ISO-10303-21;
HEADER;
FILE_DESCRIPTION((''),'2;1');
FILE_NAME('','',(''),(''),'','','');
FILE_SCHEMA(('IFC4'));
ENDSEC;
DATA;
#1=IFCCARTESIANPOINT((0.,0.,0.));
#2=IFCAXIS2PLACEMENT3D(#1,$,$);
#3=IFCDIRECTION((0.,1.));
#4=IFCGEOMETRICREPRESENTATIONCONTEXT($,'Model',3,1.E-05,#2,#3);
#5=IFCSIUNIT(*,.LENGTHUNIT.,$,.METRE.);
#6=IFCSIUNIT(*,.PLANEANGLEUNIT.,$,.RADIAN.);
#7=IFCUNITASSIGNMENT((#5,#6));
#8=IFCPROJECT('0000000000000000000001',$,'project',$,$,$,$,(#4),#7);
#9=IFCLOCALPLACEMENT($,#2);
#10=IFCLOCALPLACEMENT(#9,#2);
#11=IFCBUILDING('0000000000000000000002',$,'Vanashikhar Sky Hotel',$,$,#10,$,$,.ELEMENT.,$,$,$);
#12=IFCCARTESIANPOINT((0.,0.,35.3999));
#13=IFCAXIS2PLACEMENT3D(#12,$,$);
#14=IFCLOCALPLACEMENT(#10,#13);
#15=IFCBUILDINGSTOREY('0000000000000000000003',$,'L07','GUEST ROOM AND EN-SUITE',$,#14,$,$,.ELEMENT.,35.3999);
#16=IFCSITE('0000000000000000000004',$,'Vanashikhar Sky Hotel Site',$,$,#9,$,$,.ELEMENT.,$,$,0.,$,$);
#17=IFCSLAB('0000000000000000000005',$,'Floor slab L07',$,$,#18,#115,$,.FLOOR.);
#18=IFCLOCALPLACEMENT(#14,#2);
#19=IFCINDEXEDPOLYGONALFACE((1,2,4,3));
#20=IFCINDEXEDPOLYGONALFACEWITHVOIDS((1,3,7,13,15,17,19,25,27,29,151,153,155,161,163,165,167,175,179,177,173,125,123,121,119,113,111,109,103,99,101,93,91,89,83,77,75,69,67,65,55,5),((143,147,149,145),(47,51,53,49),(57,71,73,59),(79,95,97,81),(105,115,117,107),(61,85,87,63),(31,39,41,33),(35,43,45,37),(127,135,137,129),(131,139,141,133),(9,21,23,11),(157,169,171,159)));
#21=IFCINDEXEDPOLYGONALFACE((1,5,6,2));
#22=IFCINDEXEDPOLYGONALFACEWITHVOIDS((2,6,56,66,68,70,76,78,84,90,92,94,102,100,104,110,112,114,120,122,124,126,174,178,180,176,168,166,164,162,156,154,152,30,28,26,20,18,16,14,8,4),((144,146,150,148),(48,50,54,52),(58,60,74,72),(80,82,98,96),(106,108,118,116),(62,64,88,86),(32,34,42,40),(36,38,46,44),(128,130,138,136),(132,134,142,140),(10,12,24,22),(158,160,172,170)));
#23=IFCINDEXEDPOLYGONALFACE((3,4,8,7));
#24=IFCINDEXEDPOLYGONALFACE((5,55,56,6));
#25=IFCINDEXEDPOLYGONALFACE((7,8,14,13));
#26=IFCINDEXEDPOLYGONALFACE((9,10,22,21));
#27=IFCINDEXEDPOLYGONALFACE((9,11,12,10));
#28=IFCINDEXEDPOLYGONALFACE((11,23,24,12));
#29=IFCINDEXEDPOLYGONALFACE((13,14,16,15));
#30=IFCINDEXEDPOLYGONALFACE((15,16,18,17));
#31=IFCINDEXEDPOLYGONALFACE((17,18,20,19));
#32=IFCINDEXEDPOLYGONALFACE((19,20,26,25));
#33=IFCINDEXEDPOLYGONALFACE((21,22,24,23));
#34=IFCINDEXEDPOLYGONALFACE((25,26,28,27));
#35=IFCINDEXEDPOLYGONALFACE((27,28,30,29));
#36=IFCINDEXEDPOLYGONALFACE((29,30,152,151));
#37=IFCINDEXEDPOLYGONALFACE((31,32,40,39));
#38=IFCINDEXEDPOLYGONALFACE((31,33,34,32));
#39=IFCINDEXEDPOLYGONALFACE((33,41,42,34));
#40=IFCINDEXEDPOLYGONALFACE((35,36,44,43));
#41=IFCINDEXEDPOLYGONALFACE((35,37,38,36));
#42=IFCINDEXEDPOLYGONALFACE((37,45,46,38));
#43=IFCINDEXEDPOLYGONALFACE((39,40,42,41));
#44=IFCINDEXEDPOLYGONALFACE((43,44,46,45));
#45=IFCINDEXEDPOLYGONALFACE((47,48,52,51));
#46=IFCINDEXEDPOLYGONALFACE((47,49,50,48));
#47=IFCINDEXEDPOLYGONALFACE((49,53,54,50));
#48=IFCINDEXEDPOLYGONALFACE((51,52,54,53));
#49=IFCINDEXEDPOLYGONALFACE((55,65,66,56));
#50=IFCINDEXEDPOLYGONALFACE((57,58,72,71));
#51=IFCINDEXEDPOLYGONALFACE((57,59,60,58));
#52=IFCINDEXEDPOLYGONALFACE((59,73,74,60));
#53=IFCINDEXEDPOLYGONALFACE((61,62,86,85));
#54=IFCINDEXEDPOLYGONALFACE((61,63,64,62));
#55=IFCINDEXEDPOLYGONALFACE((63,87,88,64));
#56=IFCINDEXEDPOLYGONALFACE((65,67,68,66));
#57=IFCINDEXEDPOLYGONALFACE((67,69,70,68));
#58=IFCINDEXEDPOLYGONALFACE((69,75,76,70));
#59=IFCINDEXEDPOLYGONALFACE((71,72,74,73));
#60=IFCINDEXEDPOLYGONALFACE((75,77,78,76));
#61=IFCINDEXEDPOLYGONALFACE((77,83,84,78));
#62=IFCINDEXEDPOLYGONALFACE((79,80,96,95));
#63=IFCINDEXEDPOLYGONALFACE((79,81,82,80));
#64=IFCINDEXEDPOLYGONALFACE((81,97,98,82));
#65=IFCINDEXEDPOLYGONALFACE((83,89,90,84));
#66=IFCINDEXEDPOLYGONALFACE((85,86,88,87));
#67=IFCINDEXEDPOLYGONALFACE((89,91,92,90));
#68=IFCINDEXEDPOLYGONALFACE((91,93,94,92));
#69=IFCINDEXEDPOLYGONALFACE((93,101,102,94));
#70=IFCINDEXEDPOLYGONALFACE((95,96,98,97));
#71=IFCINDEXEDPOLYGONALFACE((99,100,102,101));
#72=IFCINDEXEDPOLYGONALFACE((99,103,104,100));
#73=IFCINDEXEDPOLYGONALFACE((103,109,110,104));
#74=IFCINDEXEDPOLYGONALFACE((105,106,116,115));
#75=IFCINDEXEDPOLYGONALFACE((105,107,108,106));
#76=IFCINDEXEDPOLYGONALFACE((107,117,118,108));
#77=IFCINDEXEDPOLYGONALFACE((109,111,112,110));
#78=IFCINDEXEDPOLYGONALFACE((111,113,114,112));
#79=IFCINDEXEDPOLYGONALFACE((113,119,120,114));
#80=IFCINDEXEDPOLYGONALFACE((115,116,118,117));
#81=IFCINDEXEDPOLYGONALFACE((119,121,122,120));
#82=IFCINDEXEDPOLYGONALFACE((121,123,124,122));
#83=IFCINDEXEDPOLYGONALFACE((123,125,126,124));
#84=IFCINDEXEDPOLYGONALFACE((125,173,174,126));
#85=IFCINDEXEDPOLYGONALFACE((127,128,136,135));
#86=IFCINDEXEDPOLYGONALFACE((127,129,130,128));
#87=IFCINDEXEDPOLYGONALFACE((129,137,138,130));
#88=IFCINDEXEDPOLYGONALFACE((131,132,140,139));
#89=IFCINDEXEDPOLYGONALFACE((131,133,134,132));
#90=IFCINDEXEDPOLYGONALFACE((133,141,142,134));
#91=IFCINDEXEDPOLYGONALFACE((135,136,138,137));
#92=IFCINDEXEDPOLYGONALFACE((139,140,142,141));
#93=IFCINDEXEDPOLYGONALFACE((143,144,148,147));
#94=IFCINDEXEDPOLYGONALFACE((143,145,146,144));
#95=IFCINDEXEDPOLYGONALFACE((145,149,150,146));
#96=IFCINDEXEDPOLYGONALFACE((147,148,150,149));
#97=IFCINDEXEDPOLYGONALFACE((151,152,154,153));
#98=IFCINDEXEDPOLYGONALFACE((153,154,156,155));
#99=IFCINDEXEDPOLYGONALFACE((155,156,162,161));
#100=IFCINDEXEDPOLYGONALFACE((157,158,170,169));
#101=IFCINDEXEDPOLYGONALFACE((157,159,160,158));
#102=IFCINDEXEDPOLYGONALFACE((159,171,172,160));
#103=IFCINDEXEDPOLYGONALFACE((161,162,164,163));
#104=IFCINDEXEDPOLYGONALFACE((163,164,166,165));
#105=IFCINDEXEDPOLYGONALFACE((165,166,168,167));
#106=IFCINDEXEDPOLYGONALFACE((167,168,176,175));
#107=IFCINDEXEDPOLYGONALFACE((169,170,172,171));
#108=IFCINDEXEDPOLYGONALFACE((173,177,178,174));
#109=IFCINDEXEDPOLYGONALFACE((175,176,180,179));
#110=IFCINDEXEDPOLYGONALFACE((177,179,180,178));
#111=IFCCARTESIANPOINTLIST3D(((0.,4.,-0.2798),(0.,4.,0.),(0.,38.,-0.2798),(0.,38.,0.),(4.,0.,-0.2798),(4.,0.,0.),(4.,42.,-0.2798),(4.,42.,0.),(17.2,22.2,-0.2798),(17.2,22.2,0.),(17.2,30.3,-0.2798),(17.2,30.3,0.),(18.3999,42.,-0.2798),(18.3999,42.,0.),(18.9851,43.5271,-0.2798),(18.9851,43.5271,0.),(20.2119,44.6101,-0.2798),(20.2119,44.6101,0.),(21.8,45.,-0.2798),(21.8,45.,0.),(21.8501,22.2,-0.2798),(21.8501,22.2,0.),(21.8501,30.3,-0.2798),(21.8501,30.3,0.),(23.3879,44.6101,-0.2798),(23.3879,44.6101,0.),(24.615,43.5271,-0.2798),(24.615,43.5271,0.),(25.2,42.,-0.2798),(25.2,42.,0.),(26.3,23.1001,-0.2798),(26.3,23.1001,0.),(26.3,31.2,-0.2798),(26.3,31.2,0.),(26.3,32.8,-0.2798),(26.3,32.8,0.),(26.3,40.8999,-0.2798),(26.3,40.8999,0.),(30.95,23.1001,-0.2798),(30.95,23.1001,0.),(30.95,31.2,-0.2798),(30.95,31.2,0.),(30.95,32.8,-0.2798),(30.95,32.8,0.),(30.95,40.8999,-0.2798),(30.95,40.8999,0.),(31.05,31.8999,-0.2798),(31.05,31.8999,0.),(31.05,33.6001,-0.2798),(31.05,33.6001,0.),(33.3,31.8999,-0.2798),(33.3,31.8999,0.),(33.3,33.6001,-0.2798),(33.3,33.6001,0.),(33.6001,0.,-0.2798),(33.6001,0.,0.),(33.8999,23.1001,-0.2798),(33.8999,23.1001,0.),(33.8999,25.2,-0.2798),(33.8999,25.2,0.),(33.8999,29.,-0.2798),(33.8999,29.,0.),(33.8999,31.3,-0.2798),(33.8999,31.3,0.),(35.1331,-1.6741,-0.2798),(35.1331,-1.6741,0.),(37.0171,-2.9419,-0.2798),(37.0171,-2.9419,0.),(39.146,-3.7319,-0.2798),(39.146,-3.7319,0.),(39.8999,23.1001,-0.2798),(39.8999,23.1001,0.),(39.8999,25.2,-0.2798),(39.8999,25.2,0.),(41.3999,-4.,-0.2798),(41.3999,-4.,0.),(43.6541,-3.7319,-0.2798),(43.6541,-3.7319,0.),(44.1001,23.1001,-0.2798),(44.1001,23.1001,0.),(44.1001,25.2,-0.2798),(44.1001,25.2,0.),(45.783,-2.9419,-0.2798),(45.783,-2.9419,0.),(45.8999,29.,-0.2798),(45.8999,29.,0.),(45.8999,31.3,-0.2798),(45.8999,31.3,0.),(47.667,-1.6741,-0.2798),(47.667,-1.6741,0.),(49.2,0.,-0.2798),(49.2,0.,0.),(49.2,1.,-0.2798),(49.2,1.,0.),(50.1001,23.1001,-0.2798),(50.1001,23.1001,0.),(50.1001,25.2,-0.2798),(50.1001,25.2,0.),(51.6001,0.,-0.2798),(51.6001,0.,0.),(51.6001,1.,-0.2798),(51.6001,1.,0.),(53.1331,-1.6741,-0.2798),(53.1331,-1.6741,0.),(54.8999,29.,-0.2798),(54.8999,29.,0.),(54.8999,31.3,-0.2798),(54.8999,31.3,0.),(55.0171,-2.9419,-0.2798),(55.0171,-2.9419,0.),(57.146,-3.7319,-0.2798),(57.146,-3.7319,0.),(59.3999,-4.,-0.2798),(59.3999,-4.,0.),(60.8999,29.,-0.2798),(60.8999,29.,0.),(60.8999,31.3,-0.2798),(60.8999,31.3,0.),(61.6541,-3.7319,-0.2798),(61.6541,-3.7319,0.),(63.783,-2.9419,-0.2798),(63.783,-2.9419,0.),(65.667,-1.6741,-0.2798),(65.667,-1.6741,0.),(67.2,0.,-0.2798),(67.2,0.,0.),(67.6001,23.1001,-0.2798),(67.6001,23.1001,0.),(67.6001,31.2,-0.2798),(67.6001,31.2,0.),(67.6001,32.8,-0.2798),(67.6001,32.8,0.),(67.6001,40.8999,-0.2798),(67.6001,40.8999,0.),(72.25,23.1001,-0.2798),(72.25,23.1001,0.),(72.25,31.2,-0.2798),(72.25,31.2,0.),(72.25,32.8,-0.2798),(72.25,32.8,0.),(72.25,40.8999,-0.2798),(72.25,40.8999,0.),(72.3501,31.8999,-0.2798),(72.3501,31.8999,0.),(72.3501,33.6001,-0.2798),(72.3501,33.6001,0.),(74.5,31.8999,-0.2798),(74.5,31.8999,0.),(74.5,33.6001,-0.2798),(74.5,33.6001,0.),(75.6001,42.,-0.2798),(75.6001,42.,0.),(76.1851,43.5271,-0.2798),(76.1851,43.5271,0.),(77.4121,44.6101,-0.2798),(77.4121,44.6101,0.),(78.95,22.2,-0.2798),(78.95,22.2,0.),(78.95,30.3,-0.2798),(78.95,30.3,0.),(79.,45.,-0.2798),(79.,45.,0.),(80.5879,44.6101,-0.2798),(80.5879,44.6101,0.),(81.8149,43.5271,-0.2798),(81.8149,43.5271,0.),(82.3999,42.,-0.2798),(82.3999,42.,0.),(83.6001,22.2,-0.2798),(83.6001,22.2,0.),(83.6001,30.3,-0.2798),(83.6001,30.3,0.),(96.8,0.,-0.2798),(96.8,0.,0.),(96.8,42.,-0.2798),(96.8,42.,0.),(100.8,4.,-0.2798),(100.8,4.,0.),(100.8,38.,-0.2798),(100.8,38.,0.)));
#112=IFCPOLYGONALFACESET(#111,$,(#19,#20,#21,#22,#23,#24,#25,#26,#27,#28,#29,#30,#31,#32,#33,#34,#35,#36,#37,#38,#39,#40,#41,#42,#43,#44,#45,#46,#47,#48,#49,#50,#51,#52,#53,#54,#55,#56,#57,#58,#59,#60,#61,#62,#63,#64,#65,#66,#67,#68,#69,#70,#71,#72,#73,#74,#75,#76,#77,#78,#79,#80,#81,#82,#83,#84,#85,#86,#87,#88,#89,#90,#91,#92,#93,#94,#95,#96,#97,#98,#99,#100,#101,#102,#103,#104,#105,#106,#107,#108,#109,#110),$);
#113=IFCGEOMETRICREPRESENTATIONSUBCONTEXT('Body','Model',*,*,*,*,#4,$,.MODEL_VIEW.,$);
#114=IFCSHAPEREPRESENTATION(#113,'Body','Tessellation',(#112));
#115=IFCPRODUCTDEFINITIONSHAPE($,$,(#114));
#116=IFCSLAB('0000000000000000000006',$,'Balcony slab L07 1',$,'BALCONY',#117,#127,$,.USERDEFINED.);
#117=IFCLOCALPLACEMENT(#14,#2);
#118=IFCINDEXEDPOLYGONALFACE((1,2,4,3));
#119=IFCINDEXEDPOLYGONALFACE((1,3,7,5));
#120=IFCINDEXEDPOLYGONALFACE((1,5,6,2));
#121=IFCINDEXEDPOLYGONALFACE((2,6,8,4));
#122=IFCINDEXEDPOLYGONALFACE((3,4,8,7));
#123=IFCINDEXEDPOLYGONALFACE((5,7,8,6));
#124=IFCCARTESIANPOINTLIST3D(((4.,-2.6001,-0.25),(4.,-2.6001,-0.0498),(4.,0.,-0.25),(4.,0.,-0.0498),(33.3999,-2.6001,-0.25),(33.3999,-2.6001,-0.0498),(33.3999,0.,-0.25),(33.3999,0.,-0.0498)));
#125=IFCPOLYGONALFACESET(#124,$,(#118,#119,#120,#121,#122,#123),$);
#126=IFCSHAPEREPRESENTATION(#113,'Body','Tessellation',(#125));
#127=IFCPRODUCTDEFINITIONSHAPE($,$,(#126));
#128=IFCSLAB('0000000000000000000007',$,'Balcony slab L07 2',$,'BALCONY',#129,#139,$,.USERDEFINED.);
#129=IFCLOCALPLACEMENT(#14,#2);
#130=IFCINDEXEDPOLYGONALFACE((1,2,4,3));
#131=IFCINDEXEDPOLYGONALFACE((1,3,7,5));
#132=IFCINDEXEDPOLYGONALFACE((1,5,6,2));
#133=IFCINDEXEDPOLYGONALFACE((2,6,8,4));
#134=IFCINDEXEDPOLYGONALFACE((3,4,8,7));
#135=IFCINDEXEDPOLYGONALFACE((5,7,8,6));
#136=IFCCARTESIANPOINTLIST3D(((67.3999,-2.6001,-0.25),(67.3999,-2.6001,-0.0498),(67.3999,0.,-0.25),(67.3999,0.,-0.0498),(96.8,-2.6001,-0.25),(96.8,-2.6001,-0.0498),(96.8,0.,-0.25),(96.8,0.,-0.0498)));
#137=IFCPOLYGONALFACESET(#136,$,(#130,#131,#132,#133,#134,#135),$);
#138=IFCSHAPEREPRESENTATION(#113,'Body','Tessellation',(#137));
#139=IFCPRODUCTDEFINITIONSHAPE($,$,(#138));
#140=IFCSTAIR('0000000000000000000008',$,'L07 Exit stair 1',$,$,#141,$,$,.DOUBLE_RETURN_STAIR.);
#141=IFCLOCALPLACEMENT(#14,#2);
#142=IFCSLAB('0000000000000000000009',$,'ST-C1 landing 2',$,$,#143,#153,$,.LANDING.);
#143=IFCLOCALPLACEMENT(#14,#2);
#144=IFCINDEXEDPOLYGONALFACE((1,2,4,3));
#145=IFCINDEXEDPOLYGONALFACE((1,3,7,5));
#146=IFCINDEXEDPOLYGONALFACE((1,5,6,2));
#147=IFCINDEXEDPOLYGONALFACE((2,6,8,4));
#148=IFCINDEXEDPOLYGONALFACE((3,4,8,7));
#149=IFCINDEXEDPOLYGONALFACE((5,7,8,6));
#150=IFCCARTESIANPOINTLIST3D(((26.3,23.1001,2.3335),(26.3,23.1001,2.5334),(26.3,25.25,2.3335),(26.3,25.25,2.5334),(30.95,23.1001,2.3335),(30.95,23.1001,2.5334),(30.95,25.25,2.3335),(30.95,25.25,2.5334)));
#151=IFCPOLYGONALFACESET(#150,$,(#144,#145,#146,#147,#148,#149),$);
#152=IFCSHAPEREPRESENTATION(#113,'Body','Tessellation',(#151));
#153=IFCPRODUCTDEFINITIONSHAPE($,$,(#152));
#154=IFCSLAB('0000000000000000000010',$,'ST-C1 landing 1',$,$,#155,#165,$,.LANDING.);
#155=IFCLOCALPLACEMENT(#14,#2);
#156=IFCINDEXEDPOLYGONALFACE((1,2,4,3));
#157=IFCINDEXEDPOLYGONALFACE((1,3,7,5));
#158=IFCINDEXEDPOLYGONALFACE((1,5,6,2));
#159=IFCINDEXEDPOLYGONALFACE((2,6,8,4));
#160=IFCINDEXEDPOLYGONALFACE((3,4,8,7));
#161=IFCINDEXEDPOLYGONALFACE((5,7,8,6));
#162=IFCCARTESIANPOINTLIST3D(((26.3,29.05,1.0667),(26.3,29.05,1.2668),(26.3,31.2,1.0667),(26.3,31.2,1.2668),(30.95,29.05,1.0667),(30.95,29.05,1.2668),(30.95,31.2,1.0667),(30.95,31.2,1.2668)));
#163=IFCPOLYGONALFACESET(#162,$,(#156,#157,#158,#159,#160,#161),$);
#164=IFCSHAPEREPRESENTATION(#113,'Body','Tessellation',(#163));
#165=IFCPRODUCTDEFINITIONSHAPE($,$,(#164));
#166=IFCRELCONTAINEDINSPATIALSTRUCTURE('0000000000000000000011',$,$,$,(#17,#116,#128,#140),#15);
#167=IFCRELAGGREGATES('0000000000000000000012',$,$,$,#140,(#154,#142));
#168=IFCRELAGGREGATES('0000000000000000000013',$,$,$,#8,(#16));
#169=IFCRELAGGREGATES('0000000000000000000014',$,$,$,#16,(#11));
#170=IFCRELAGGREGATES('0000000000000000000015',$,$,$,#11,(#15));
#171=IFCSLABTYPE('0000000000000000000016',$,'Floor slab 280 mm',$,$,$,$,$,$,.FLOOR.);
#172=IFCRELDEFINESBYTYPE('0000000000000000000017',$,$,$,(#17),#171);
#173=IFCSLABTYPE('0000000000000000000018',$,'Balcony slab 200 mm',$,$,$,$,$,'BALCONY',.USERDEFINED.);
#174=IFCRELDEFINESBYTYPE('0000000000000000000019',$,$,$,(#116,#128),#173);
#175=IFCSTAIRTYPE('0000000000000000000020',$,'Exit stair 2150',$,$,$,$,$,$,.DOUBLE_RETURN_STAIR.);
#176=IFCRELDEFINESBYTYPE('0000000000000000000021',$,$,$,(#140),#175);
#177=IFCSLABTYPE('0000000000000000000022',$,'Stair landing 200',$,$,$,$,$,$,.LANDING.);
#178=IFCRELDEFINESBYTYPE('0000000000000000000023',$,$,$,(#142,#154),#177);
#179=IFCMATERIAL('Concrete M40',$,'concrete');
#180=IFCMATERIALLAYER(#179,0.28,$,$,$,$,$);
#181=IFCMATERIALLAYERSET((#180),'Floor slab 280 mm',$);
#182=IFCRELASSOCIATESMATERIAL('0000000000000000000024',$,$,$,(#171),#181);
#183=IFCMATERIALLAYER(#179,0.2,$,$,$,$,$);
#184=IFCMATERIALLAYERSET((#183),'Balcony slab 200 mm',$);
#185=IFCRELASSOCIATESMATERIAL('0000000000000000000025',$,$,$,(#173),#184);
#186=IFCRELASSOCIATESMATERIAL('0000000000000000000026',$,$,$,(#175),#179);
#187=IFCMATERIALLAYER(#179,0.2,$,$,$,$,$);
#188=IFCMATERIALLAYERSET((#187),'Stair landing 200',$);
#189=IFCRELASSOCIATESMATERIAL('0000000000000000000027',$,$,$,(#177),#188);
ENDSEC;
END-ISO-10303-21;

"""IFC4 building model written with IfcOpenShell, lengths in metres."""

from ifc_helpers import new_model, si_unit, direction, frame, origin, place, context, subcontext, project, spatial, polyline, outline, extrude, source, transform, mapped, material, layer, layer_set, type_object, element, aggregate, save


model = new_model("IFC4")

# Units and contexts
model_context = context("Model", 3, precision=1e-05, world=origin(), true_north=direction((0.0, 1.0)))
body_context = subcontext(model_context, "Body", "Model", "MODEL_VIEW")
ifc_project = project(units=[si_unit("LENGTHUNIT", "METRE"), si_unit("PLANEANGLEUNIT", "RADIAN")], contexts=[model_context])

# Site, building, storey
site_placement = place(None, origin())
site = spatial("IfcSite", under=ifc_project, at=site_placement, Name="Vanashikhar Sky Hotel Site", CompositionType="ELEMENT", RefElevation=0.0)
building_placement = place(site_placement, origin())
building = spatial("IfcBuilding", under=site, at=building_placement, Name="Vanashikhar Sky Hotel", CompositionType="ELEMENT")
storey_placement = place(building_placement, frame((0.0, 0.0, 35.3999)))
storey = spatial("IfcBuildingStorey", under=building, at=storey_placement, Name="L07", Description="GUEST ROOM AND EN-SUITE", CompositionType="ELEMENT", Elevation=35.3999)

# Slabs
ifc_material_1 = material(Name="Concrete M40", Category="concrete")
ifc_layer_1 = layer(ifc_material_1, 0.28)
ifc_layer_set_1 = layer_set([ifc_layer_1], Name="Floor slab 280 mm")
slab_type_1 = type_object("IfcSlabType", Name="Floor slab 280 mm", PredefinedType="FLOOR", material=ifc_layer_set_1)
shared_shape_1 = source(origin(), body_context, "Body", "SweptSolid", [
    extrude(outline(polyline([(49.2, 0.0), (49.2, 1.0), (51.6001, 1.0), (51.6001, 0.0), (53.1331, -1.6741), (55.0171, -2.9419), (57.146, -3.7319), (59.3999, -4.0), (61.6541, -3.7319), (63.783, -2.9419), (65.667, -1.6741), (67.2, 0.0), (96.8, 0.0), (100.8, 4.0), (100.8, 38.0), (96.8, 42.0), (82.3999, 42.0), (81.8149, 43.5271), (80.5879, 44.6101), (79.0, 45.0), (77.4121, 44.6101), (76.1851, 43.5271), (75.6001, 42.0), (25.2, 42.0), (24.615, 43.5271), (23.3879, 44.6101), (21.8, 45.0), (20.2119, 44.6101), (18.9851, 43.5271), (18.3999, 42.0), (4.0, 42.0), (0.0, 38.0), (0.0, 4.0), (4.0, 0.0), (33.6001, 0.0), (35.1331, -1.6741), (37.0171, -2.9419), (39.146, -3.7319), (41.3999, -4.0), (43.6541, -3.7319), (45.783, -2.9419), (47.667, -1.6741), (49.2, 0.0)]), holes=[polyline([(33.3, 33.6001), (31.05, 33.6001), (31.05, 31.8999), (33.3, 31.8999), (33.3, 33.6001)]), polyline([(33.8999, 25.2), (33.8999, 23.1001), (39.8999, 23.1001), (39.8999, 25.2), (33.8999, 25.2)]), polyline([(33.8999, 31.3), (33.8999, 29.0), (45.8999, 29.0), (45.8999, 31.3), (33.8999, 31.3)]), polyline([(44.1001, 25.2), (44.1001, 23.1001), (50.1001, 23.1001), (50.1001, 25.2), (44.1001, 25.2)]), polyline([(54.8999, 31.3), (54.8999, 29.0), (60.8999, 29.0), (60.8999, 31.3), (54.8999, 31.3)]), polyline([(74.5, 33.6001), (72.3501, 33.6001), (72.3501, 31.8999), (74.5, 31.8999), (74.5, 33.6001)]), polyline([(30.95, 23.1001), (30.95, 31.2), (26.3, 31.2), (26.3, 23.1001), (30.95, 23.1001)]), polyline([(72.25, 23.1001), (72.25, 31.2), (67.6001, 31.2), (67.6001, 23.1001), (72.25, 23.1001)]), polyline([(30.95, 32.8), (30.95, 40.8999), (26.3, 40.8999), (26.3, 32.8), (30.95, 32.8)]), polyline([(72.25, 32.8), (72.25, 40.8999), (67.6001, 40.8999), (67.6001, 32.8), (72.25, 32.8)]), polyline([(83.6001, 22.2), (83.6001, 30.3), (78.95, 30.3), (78.95, 22.2), (83.6001, 22.2)]), polyline([(21.8501, 22.2), (21.8501, 30.3), (17.2, 30.3), (17.2, 22.2), (21.8501, 22.2)])]), origin(), (0.0, 0.0, 1.0), 0.2798),
])
slab_1_placement = place(storey_placement, frame((0.0, 0.0, -0.2798)))
element("IfcSlab", 1, at=slab_1_placement, inside=storey, type_object=slab_type_1, Name="Floor slab L07", PredefinedType="FLOOR", context=body_context, shape_type="MappedRepresentation", body=[
    mapped(shared_shape_1, transform((0.0, 0.0, 0.0), scale=1.0)),
])
ifc_layer_2 = layer(ifc_material_1, 0.2)
ifc_layer_set_2 = layer_set([ifc_layer_2], Name="Balcony slab 200 mm")
slab_type_2 = type_object("IfcSlabType", Name="Balcony slab 200 mm", ElementType="BALCONY", PredefinedType="USERDEFINED", material=ifc_layer_set_2)
shared_shape_2 = source(origin(), body_context, "Body", "SweptSolid", [
    extrude(outline(polyline([(4.0, -2.6001), (33.3999, -2.6001), (33.3999, 0.0), (4.0, 0.0), (4.0, -2.6001)])), origin(), (0.0, 0.0, 1.0), 0.2002),
])
slab_2_placement = place(storey_placement, frame((0.0, 0.0, -0.25)))
element("IfcSlab", 2, at=slab_2_placement, inside=storey, type_object=slab_type_2, Name="Balcony slab L07 1", ObjectType="BALCONY", PredefinedType="USERDEFINED", context=body_context, shape_type="MappedRepresentation", body=[
    mapped(shared_shape_2, transform((0.0, 0.0, 0.0), scale=1.0)),
])
shared_shape_3 = source(origin(), body_context, "Body", "SweptSolid", [
    extrude(outline(polyline([(67.3999, -2.6001), (96.8, -2.6001), (96.8, 0.0), (67.3999, 0.0), (67.3999, -2.6001)])), origin(), (0.0, 0.0, 1.0), 0.2002),
])
slab_3_placement = place(storey_placement, frame((0.0, 0.0, -0.25)))
element("IfcSlab", 3, at=slab_3_placement, inside=storey, type_object=slab_type_2, Name="Balcony slab L07 2", ObjectType="BALCONY", PredefinedType="USERDEFINED", context=body_context, shape_type="MappedRepresentation", body=[
    mapped(shared_shape_3, transform((0.0, 0.0, 0.0), scale=1.0)),
])

# Stair, slabs
stair_type = type_object("IfcStairType", Name="Exit stair 2150", PredefinedType="DOUBLE_RETURN_STAIR", material=ifc_material_1)
stair_1_placement = place(storey_placement, origin())
stair_1 = element("IfcStair", 4, at=stair_1_placement, inside=storey, type_object=stair_type, Name="L07 Exit stair 1", PredefinedType="DOUBLE_RETURN_STAIR")
ifc_layer_3 = layer(ifc_material_1, 0.2)
ifc_layer_set_3 = layer_set([ifc_layer_3], Name="Stair landing 200")
slab_type_3 = type_object("IfcSlabType", Name="Stair landing 200", PredefinedType="LANDING", material=ifc_layer_set_3)
shared_shape_4 = source(origin(), body_context, "Body", "SweptSolid", [
    extrude(outline(polyline([(30.95, 23.1001), (30.95, 25.25), (26.3, 25.25), (26.3, 23.1001), (30.95, 23.1001)])), origin(), (0.0, 0.0, 1.0), 0.2),
])
slab_4_placement = place(storey_placement, frame((0.0, 0.0, 2.3335)))
slab_4 = element("IfcSlab", 5, at=slab_4_placement, type_object=slab_type_3, Name="ST-C1 landing 2", PredefinedType="LANDING", context=body_context, shape_type="MappedRepresentation", body=[
    mapped(shared_shape_4, transform((0.0, 0.0, 0.0), scale=1.0)),
])
shared_shape_5 = source(origin(), body_context, "Body", "SweptSolid", [
    extrude(outline(polyline([(30.95, 29.05), (30.95, 31.2), (26.3, 31.2), (26.3, 29.05), (30.95, 29.05)])), origin(), (0.0, 0.0, 1.0), 0.2002),
])
slab_5_placement = place(storey_placement, frame((0.0, 0.0, 1.0667)))
slab_5 = element("IfcSlab", 6, at=slab_5_placement, type_object=slab_type_3, Name="ST-C1 landing 1", PredefinedType="LANDING", context=body_context, shape_type="MappedRepresentation", body=[
    mapped(shared_shape_5, transform((0.0, 0.0, 0.0), scale=1.0)),
])
aggregate(stair_1, [slab_5, slab_4])

save(model, "model.ifc")
